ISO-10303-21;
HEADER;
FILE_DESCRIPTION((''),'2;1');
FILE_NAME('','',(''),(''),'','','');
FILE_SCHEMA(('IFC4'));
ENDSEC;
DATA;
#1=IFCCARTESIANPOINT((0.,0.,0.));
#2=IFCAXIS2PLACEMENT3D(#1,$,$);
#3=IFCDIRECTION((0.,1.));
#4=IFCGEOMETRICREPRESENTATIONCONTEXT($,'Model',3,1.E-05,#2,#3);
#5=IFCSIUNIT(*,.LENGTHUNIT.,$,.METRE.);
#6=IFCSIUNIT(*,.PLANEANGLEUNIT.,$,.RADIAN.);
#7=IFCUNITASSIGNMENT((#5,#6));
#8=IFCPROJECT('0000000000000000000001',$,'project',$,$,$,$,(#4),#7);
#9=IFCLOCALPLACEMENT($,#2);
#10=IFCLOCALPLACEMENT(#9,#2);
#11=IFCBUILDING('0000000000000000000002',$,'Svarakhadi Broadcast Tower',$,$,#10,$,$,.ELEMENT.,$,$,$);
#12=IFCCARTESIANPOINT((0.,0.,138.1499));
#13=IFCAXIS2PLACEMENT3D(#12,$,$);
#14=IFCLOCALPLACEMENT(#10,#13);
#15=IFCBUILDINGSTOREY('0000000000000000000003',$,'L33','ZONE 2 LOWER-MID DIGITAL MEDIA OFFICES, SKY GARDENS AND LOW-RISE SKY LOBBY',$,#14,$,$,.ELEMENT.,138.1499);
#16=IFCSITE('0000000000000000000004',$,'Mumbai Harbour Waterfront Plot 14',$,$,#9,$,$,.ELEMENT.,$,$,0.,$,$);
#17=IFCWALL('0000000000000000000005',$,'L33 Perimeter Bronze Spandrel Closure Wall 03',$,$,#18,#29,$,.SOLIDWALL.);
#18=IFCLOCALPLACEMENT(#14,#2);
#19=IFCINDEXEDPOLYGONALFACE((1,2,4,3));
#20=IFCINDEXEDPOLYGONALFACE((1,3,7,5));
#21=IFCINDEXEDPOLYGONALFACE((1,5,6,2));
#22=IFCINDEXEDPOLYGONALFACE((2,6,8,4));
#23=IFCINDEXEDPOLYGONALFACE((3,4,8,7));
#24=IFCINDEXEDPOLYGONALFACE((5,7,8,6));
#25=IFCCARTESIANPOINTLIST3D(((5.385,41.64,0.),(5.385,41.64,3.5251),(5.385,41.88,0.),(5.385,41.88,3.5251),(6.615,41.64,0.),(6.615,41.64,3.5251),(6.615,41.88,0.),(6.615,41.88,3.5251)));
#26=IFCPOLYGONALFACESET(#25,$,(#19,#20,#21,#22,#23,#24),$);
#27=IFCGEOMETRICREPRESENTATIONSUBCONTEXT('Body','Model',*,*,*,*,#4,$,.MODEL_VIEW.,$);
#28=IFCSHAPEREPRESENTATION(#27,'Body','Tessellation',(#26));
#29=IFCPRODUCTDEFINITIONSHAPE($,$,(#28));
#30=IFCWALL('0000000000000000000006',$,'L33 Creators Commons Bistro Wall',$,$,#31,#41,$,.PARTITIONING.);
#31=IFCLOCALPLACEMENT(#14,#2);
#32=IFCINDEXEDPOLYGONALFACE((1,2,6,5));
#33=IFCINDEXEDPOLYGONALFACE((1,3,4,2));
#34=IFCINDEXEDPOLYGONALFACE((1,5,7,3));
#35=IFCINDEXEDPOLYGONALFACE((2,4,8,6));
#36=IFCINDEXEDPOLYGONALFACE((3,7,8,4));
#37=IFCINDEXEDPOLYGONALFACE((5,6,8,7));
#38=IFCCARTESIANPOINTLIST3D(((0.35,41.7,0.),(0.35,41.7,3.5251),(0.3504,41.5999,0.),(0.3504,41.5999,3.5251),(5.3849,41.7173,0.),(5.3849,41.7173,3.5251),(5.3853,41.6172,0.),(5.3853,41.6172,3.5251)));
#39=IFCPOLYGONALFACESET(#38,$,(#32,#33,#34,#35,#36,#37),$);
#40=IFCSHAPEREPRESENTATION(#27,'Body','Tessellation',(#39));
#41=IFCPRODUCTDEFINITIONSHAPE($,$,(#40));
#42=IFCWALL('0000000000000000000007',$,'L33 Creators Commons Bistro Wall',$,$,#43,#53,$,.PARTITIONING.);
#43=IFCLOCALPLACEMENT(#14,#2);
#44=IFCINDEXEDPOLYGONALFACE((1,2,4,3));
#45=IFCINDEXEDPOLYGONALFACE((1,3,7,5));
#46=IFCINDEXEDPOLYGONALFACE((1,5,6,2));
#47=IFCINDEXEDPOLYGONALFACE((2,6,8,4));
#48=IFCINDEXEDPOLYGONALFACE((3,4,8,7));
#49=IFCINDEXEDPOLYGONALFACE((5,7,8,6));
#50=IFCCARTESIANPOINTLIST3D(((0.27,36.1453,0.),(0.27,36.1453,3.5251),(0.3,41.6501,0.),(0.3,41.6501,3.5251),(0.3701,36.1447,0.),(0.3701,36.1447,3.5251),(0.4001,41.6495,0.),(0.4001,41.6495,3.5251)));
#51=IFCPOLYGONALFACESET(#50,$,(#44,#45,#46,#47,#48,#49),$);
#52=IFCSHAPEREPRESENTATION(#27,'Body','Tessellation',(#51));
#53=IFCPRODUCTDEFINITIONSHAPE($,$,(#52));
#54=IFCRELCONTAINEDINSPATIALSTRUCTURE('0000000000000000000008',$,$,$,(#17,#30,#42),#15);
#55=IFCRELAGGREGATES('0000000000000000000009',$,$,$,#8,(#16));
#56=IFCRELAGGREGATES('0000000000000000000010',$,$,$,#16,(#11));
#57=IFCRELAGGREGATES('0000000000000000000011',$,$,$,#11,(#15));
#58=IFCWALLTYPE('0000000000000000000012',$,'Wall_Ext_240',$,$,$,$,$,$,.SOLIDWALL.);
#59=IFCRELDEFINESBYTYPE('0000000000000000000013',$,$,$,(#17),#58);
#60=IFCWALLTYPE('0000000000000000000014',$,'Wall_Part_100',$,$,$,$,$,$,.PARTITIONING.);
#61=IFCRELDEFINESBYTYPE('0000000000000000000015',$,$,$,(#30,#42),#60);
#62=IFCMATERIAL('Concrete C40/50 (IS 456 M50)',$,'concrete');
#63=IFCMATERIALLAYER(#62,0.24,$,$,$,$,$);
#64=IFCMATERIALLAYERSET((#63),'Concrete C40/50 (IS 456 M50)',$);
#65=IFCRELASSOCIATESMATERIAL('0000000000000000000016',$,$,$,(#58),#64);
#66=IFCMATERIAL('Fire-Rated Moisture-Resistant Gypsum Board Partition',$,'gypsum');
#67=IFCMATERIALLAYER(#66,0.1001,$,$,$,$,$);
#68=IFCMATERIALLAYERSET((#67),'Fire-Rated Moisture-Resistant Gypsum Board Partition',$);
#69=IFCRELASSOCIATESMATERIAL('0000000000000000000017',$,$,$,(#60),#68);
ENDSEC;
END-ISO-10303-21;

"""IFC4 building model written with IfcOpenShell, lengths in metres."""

from ifc_helpers import new_model, si_unit, direction, frame, frame_2d, origin, place, context, subcontext, project, spatial, rectangle, extrude, material, layer, layer_set, type_object, element, save


model = new_model("IFC4")

# Units and contexts
model_context = context("Model", 3, precision=1e-05, world=origin(), true_north=direction((0.0, 1.0)))
body_context = subcontext(model_context, "Body", "Model", "MODEL_VIEW")
ifc_project = project(units=[si_unit("LENGTHUNIT", "METRE"), si_unit("PLANEANGLEUNIT", "RADIAN")], contexts=[model_context])

# Site, building, storey
site_placement = place(None, origin())
site = spatial("IfcSite", under=ifc_project, at=site_placement, Name="Mumbai Harbour Waterfront Plot 14", CompositionType="ELEMENT", RefElevation=0.0)
building_placement = place(site_placement, origin())
building = spatial("IfcBuilding", under=site, at=building_placement, Name="Svarakhadi Broadcast Tower", CompositionType="ELEMENT")
storey_placement = place(building_placement, frame((0.0, 0.0, 138.1499)))
storey = spatial("IfcBuildingStorey", under=building, at=storey_placement, Name="L33", Description="ZONE 2 LOWER-MID DIGITAL MEDIA OFFICES, SKY GARDENS AND LOW-RISE SKY LOBBY", CompositionType="ELEMENT", Elevation=138.1499)

# Walls
ifc_material_1 = material(Name="Concrete C40/50 (IS 456 M50)", Category="concrete")
ifc_layer_1 = layer(ifc_material_1, 0.24)
ifc_layer_set_1 = layer_set([ifc_layer_1], Name="Concrete C40/50 (IS 456 M50)")
wall_type_1 = type_object("IfcWallType", Name="Wall_Ext_240", PredefinedType="SOLIDWALL", material=ifc_layer_set_1)
wall_1_placement = place(storey_placement, frame((5.385, 41.76, 0.0), z_axis=(0.0, 0.0, 1.0), x_axis=(1.0, 0.0, 0.0)))
element("IfcWall", 1, at=wall_1_placement, inside=storey, type_object=wall_type_1, Name="L33 Perimeter Bronze Spandrel Closure Wall 03", PredefinedType="SOLIDWALL", context=body_context, shape_type="SweptSolid", body=[
    extrude(rectangle(XDim=1.23, YDim=0.24, at=frame_2d((0.615, 0.0))), origin(), (0.0, 0.0, 1.0), 3.5251),
])
ifc_material_2 = material(Name="Fire-Rated Moisture-Resistant Gypsum Board Partition", Category="gypsum")
ifc_layer_2 = layer(ifc_material_2, 0.1001)
ifc_layer_set_2 = layer_set([ifc_layer_2], Name="Fire-Rated Moisture-Resistant Gypsum Board Partition")
wall_type_2 = type_object("IfcWallType", Name="Wall_Part_100", PredefinedType="PARTITIONING", material=ifc_layer_set_2)
wall_2_placement = place(storey_placement, frame((0.3501, 41.6499, 0.0), z_axis=(0.0, 0.0, 1.0), x_axis=(0.999994, 0.003443, 0.0)))
element("IfcWall", 2, at=wall_2_placement, inside=storey, type_object=wall_type_2, Name="L33 Creators Commons Bistro Wall", PredefinedType="PARTITIONING", context=body_context, shape_type="SweptSolid", body=[
    extrude(rectangle(XDim=5.0349, YDim=0.1001, at=frame_2d((2.5176, 0.0))), origin(), (0.0, 0.0, 1.0), 3.5251),
])
wall_3_placement = place(storey_placement, frame((0.3201, 36.145, 0.0), z_axis=(0.0, 0.0, 1.0), x_axis=(0.005455, 0.999985, 0.0)))
element("IfcWall", 3, at=wall_3_placement, inside=storey, type_object=wall_type_2, Name="L33 Creators Commons Bistro Wall", PredefinedType="PARTITIONING", context=body_context, shape_type="SweptSolid", body=[
    extrude(rectangle(XDim=5.5049, YDim=0.1001, at=frame_2d((2.7524, 0.0))), origin(), (0.0, 0.0, 1.0), 3.5251),
])

save(model, "model.ifc")
